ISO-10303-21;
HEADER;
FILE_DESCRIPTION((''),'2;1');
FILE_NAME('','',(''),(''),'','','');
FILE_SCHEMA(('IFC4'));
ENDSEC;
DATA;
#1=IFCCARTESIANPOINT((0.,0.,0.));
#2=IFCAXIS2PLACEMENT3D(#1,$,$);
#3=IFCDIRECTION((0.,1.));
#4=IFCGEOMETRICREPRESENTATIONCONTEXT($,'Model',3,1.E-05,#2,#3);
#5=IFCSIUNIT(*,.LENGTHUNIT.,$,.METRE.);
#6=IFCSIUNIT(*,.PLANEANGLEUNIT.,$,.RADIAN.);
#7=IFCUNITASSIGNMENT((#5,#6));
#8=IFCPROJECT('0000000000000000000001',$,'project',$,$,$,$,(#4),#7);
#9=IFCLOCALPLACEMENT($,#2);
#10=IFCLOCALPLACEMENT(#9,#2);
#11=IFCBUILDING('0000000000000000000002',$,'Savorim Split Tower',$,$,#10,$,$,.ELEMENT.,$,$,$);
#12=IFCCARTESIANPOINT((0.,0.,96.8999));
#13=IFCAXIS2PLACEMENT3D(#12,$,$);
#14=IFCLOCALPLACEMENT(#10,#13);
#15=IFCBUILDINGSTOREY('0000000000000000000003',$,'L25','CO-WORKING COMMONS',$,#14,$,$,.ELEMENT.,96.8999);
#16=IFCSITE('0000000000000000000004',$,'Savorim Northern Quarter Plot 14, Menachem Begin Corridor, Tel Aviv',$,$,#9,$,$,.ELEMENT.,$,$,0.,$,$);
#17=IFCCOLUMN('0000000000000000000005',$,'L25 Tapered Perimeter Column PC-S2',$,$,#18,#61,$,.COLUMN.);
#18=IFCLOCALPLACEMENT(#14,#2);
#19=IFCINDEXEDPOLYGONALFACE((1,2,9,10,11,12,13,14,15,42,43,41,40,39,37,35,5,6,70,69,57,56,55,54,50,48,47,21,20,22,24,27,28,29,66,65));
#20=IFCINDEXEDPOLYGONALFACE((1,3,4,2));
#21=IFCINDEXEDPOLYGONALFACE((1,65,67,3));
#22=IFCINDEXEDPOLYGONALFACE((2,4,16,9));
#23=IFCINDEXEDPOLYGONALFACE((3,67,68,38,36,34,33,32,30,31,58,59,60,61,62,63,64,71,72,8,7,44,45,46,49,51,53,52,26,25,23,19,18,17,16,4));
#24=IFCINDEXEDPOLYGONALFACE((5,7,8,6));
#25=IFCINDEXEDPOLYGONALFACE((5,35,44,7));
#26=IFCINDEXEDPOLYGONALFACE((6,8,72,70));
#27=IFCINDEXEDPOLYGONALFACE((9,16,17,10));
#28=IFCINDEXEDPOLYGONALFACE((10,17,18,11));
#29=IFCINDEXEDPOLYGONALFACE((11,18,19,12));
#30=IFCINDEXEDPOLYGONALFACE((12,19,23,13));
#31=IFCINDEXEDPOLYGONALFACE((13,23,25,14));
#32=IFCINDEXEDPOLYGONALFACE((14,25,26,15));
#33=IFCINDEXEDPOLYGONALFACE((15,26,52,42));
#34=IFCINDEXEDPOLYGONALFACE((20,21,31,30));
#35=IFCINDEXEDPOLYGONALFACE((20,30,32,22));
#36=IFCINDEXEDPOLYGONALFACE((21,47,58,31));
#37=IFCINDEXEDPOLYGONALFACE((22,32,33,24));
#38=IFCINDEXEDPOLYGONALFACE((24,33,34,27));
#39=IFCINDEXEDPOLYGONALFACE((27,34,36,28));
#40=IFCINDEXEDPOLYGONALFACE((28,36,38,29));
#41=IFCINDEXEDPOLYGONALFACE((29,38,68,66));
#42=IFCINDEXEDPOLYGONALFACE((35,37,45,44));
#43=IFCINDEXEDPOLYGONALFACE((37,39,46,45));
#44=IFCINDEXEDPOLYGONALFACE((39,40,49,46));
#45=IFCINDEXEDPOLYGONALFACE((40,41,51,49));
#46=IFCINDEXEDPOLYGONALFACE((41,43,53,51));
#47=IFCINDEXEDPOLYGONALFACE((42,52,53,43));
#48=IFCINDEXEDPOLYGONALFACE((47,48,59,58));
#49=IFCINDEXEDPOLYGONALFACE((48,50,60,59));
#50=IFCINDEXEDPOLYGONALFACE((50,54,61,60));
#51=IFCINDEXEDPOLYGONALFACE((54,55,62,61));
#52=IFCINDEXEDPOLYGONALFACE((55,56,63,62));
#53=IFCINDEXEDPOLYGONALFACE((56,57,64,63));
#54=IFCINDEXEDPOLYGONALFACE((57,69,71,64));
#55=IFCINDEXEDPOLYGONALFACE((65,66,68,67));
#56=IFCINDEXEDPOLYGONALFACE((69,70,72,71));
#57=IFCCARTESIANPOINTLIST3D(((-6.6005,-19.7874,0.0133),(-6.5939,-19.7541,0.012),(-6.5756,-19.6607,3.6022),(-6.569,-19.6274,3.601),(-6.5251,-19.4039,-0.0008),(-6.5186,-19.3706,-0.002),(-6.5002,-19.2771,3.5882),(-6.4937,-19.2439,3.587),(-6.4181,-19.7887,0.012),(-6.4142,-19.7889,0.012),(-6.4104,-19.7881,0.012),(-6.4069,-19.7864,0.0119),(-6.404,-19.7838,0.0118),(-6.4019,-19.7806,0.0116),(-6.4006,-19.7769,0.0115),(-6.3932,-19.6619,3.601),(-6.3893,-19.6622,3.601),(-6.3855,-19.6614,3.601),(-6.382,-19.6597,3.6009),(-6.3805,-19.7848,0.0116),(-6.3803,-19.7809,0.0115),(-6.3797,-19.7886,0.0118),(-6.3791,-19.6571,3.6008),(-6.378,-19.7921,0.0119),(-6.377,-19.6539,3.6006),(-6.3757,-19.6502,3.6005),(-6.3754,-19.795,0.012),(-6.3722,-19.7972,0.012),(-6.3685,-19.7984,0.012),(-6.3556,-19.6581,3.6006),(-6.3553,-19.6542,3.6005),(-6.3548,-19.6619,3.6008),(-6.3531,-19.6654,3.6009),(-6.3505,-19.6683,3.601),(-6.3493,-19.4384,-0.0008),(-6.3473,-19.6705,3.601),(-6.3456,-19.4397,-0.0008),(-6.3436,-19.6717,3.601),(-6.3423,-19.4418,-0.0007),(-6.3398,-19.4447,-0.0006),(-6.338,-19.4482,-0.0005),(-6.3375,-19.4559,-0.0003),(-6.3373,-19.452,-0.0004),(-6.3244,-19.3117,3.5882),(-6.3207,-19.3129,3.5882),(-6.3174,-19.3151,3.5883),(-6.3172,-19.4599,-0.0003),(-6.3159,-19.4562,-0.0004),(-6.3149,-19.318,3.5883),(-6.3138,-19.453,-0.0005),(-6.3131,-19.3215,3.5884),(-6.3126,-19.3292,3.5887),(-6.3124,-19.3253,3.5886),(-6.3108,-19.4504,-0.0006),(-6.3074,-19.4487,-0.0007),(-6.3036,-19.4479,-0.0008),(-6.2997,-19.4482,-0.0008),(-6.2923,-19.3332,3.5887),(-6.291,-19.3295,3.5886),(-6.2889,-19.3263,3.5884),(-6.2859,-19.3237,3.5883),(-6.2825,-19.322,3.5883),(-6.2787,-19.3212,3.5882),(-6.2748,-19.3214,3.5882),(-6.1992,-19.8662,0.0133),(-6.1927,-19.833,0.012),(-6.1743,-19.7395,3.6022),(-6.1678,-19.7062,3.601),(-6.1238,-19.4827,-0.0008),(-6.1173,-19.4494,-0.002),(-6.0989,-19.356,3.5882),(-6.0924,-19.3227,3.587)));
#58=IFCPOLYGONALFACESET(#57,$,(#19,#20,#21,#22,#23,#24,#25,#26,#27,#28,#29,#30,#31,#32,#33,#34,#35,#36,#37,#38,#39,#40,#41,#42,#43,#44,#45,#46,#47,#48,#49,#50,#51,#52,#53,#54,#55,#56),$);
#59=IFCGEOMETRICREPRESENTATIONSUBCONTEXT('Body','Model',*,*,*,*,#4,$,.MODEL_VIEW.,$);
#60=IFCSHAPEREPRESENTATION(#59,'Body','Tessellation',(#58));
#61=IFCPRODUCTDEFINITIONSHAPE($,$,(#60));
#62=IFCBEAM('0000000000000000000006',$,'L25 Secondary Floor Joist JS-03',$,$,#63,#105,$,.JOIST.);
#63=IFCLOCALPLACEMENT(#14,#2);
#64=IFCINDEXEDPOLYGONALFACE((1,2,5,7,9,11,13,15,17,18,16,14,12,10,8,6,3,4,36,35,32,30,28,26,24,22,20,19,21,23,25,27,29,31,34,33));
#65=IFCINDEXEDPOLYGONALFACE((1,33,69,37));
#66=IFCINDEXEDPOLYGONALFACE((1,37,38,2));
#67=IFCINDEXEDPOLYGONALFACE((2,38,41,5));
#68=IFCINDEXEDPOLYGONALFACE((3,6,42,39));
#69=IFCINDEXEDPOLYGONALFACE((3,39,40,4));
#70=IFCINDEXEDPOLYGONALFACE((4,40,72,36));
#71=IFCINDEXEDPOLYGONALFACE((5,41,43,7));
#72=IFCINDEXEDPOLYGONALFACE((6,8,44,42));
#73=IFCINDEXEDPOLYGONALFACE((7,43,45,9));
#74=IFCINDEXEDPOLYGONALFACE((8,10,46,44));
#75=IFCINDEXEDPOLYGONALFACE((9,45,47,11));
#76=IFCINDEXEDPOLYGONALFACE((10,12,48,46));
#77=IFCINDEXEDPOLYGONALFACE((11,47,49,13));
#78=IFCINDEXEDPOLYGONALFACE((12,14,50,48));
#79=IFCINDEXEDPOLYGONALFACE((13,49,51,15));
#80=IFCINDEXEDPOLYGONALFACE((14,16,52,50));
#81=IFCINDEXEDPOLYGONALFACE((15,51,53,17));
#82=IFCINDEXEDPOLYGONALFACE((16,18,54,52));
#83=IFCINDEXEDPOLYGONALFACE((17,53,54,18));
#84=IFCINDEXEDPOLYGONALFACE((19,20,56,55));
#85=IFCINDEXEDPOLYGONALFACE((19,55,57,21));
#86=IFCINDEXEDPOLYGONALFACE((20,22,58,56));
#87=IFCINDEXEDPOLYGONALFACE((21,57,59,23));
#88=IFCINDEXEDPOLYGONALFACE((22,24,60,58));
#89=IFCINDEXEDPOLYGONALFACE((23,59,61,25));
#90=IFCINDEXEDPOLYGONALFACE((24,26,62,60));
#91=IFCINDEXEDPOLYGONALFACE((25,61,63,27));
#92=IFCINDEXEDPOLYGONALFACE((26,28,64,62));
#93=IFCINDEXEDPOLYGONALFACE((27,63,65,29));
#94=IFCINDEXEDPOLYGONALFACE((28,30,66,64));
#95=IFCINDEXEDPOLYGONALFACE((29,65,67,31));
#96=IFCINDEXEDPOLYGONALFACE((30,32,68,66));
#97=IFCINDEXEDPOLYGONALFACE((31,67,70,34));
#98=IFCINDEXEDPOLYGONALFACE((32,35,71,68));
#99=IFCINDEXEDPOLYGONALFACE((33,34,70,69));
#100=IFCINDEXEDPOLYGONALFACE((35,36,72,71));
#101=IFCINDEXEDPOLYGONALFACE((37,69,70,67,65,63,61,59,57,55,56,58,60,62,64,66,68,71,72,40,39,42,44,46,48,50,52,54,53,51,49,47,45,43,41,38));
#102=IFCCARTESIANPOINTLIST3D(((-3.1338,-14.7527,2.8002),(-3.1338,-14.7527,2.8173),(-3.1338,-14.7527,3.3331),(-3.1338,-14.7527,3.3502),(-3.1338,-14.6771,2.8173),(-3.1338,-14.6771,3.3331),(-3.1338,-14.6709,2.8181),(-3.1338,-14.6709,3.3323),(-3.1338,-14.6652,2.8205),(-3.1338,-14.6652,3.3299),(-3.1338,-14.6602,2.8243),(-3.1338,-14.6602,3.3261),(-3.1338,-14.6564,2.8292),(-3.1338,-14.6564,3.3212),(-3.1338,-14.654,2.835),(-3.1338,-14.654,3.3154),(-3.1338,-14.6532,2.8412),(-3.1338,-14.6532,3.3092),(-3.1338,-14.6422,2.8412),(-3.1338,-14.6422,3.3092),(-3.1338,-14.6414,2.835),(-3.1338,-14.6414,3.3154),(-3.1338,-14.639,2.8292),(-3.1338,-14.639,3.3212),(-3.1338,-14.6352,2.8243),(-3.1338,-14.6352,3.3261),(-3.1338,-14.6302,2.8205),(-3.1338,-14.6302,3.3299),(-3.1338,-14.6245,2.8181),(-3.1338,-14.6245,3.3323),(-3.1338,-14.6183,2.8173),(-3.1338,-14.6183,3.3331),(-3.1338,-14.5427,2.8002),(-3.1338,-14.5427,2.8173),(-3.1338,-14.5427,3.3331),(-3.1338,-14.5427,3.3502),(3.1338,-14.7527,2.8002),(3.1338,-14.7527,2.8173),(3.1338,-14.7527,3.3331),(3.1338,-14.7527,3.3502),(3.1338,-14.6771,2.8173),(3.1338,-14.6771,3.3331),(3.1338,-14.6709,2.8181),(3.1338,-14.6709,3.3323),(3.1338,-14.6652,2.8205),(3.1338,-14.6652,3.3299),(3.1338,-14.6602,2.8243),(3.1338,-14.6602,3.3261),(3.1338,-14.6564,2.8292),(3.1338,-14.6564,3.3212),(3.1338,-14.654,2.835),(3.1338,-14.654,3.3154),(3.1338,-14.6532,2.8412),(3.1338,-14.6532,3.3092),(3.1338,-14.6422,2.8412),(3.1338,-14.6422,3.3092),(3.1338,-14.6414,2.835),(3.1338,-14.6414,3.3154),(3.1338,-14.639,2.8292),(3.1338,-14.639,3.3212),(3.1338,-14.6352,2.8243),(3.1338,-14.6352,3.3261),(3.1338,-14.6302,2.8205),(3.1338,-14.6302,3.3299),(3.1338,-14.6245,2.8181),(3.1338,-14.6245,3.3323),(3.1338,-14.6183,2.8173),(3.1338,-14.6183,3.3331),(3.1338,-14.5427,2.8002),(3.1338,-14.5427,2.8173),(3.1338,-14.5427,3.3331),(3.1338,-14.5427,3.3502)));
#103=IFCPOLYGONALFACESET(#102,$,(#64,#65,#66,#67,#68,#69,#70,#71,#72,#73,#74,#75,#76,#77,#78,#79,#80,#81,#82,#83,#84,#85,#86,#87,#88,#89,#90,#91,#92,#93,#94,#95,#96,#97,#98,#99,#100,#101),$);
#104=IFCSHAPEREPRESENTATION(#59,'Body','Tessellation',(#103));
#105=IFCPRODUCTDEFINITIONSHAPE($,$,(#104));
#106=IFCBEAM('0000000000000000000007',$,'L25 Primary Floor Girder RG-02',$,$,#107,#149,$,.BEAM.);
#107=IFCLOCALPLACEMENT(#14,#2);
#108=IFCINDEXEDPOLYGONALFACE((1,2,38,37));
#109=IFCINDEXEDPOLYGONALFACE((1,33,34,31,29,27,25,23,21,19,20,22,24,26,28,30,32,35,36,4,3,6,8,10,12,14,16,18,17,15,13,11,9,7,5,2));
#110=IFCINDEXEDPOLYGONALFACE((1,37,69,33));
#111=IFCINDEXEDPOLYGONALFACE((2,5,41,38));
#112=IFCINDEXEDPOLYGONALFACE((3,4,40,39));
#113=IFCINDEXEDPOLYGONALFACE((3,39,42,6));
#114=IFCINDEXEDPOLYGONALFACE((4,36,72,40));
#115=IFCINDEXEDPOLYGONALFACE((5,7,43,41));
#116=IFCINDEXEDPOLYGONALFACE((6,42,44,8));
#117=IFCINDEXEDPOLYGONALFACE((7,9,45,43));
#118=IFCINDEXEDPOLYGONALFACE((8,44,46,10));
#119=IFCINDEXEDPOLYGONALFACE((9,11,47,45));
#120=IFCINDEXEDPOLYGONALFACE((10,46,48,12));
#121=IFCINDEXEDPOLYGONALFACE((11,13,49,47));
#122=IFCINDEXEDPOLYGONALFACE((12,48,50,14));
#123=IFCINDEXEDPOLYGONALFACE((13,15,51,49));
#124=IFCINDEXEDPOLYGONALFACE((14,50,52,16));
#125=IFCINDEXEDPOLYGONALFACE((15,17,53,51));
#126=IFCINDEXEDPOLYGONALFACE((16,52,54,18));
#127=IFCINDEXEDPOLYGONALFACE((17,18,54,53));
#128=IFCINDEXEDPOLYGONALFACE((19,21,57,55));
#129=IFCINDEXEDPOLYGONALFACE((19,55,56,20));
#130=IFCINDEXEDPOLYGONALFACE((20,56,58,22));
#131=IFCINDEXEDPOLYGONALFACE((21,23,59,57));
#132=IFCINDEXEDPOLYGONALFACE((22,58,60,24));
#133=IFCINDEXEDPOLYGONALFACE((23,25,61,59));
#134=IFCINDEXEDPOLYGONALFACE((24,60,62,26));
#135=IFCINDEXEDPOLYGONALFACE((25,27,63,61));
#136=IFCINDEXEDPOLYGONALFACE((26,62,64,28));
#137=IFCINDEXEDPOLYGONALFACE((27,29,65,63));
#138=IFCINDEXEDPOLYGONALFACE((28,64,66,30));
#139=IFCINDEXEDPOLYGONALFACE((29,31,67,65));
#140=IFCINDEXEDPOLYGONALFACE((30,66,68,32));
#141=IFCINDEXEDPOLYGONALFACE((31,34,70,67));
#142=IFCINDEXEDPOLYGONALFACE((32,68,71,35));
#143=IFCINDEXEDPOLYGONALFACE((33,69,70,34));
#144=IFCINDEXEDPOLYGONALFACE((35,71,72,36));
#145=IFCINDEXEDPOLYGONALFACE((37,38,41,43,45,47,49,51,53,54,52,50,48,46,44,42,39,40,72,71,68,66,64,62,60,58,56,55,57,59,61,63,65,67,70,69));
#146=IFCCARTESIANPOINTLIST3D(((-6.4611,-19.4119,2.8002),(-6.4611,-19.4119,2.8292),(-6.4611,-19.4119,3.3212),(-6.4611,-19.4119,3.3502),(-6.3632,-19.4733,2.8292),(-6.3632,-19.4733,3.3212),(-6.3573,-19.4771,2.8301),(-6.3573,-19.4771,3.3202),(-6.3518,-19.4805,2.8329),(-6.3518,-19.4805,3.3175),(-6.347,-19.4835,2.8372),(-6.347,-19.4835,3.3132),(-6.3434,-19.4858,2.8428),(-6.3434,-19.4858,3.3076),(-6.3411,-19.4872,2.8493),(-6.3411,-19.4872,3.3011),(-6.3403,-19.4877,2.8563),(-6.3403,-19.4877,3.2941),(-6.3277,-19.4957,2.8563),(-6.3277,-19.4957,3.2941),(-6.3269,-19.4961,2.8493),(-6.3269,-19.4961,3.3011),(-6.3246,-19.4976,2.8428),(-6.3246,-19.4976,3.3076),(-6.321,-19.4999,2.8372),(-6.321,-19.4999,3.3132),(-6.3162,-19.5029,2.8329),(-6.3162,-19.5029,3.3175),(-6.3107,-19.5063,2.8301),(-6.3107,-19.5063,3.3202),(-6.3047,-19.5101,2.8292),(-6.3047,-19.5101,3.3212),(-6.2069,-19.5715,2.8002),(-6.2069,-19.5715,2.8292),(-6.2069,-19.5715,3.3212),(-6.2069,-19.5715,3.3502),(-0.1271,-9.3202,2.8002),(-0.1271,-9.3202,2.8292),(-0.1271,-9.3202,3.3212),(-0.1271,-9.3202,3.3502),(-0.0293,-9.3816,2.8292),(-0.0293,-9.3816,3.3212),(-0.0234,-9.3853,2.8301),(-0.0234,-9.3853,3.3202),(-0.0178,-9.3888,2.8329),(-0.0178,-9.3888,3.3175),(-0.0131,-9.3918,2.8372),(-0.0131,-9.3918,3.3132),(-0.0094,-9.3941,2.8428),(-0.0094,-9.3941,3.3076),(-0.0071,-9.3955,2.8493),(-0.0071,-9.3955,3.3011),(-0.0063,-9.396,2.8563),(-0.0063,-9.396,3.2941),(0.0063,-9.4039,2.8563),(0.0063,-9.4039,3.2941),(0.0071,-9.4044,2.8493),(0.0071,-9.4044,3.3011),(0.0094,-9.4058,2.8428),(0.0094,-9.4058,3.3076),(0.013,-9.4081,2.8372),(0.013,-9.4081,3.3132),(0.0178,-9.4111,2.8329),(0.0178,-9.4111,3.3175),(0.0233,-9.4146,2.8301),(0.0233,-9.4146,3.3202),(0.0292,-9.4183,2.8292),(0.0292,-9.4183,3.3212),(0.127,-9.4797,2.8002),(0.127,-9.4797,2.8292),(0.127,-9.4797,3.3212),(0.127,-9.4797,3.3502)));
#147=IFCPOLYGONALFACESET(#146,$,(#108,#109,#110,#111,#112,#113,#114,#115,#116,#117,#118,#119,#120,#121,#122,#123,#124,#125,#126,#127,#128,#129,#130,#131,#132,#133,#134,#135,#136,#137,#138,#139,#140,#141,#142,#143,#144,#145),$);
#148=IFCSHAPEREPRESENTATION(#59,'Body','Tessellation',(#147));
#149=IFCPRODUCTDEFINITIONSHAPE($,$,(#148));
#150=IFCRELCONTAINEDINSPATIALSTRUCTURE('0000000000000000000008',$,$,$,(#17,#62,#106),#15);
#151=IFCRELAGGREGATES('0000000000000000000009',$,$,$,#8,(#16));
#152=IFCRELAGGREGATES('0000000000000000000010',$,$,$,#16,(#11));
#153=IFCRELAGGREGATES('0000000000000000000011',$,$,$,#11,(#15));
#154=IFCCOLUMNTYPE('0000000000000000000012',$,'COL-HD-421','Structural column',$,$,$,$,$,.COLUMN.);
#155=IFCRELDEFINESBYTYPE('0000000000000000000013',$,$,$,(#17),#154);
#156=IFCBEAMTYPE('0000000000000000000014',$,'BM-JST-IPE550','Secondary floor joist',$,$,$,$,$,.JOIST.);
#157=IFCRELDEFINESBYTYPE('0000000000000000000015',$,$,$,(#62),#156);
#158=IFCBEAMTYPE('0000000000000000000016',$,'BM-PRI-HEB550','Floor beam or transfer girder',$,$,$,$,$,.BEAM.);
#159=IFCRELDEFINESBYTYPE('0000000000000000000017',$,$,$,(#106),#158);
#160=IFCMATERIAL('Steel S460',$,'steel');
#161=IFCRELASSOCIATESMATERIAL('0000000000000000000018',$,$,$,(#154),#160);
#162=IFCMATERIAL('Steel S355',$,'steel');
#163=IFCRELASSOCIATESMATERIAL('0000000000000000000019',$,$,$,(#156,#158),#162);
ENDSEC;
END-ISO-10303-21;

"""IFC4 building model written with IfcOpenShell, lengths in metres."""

from ifc_helpers import new_model, si_unit, direction, frame, origin, origin_2d, place, context, subcontext, project, spatial, i_section, extrude, material, material_profile, profile_set, type_object, element, save


model = new_model("IFC4")

# Units and contexts
model_context = context("Model", 3, precision=1e-05, world=origin(), true_north=direction((0.0, 1.0)))
body_context = subcontext(model_context, "Body", "Model", "MODEL_VIEW")
ifc_project = project(units=[si_unit("LENGTHUNIT", "METRE"), si_unit("PLANEANGLEUNIT", "RADIAN")], contexts=[model_context])

# Site, building, storey
site_placement = place(None, origin())
site = spatial("IfcSite", under=ifc_project, at=site_placement, Name="Savorim Northern Quarter Plot 14, Menachem Begin Corridor, Tel Aviv", CompositionType="ELEMENT", RefElevation=0.0)
building_placement = place(site_placement, origin())
building = spatial("IfcBuilding", under=site, at=building_placement, Name="Savorim Split Tower", CompositionType="ELEMENT")
storey_placement = place(building_placement, frame((0.0, 0.0, 96.8999)))
storey = spatial("IfcBuildingStorey", under=building, at=storey_placement, Name="L25", Description="CO-WORKING COMMONS", CompositionType="ELEMENT", Elevation=96.8999)

# Column
ifc_material_1 = material(Name="Steel S460", Category="steel")
ifc_material_profile_1 = material_profile(ifc_material_1, i_section(OverallWidth=0.4089, OverallDepth=0.425, WebThickness=0.0208, FlangeThickness=0.0339, FilletRadius=0.0149, at=origin_2d()), Name="HD 400x421")
ifc_profile_set_1 = profile_set([ifc_material_profile_1], Name="Steel S460")
column_type = type_object("IfcColumnType", Name="COL-HD-421", Description="Structural column", PredefinedType="COLUMN", material=ifc_profile_set_1)
column_placement = place(storey_placement, frame((-6.3589, -19.6184, 0.0056), z_axis=(0.006934, 0.035283, 0.999353), x_axis=(-0.98123, 0.192843, 0.0)))
element("IfcColumn", 1, at=column_placement, inside=storey, type_object=column_type, Name="L25 Tapered Perimeter Column PC-S2", PredefinedType="COLUMN", context=body_context, shape_type="SweptSolid", body=[
    extrude(i_section(OverallWidth=0.4089, OverallDepth=0.425, WebThickness=0.0208, FlangeThickness=0.0339, FilletRadius=0.0149, at=origin_2d()), origin(), (0.0, 0.0, 1.0), 3.5913),
])

# Beams
ifc_material_2 = material(Name="Steel S355", Category="steel")
ifc_material_profile_2 = material_profile(ifc_material_2, i_section(OverallWidth=0.21, OverallDepth=0.55, WebThickness=0.011, FlangeThickness=0.0171, FilletRadius=0.0239, at=origin_2d()), Name="IPE 550")
ifc_profile_set_2 = profile_set([ifc_material_profile_2], Name="Steel S355")
beam_type_1 = type_object("IfcBeamType", Name="BM-JST-IPE550", Description="Secondary floor joist", PredefinedType="JOIST", material=ifc_profile_set_2)
beam_1_placement = place(storey_placement, frame((-3.1338, -14.6477, 3.0752), z_axis=(1.0, 0.0, 0.0), x_axis=(0.0, 1.0, 0.0)))
element("IfcBeam", 2, at=beam_1_placement, inside=storey, type_object=beam_type_1, Name="L25 Secondary Floor Joist JS-03", PredefinedType="JOIST", context=body_context, shape_type="SweptSolid", body=[
    extrude(i_section(OverallWidth=0.21, OverallDepth=0.55, WebThickness=0.011, FlangeThickness=0.0171, FilletRadius=0.0239, at=origin_2d()), origin(), (0.0, 0.0, 1.0), 6.2676),
])
ifc_material_profile_3 = material_profile(ifc_material_2, i_section(OverallWidth=0.3, OverallDepth=0.55, WebThickness=0.0149, FlangeThickness=0.0291, FilletRadius=0.0271, at=origin_2d()), Name="HEB 550")
ifc_profile_set_3 = profile_set([ifc_material_profile_3], Name="Steel S355")
beam_type_2 = type_object("IfcBeamType", Name="BM-PRI-HEB550", Description="Floor beam or transfer girder", PredefinedType="BEAM", material=ifc_profile_set_3)
beam_2_placement = place(storey_placement, frame((-6.334, -19.4917, 3.0752), z_axis=(0.531604, 0.846993, 0.0), x_axis=(-0.846993, 0.531604, 0.0)))
element("IfcBeam", 3, at=beam_2_placement, inside=storey, type_object=beam_type_2, Name="L25 Primary Floor Girder RG-02", PredefinedType="BEAM", context=body_context, shape_type="SweptSolid", body=[
    extrude(i_section(OverallWidth=0.3, OverallDepth=0.55, WebThickness=0.0149, FlangeThickness=0.0291, FilletRadius=0.0271, at=origin_2d()), origin(), (0.0, 0.0, 1.0), 11.9148),
])

save(model, "model.ifc")
